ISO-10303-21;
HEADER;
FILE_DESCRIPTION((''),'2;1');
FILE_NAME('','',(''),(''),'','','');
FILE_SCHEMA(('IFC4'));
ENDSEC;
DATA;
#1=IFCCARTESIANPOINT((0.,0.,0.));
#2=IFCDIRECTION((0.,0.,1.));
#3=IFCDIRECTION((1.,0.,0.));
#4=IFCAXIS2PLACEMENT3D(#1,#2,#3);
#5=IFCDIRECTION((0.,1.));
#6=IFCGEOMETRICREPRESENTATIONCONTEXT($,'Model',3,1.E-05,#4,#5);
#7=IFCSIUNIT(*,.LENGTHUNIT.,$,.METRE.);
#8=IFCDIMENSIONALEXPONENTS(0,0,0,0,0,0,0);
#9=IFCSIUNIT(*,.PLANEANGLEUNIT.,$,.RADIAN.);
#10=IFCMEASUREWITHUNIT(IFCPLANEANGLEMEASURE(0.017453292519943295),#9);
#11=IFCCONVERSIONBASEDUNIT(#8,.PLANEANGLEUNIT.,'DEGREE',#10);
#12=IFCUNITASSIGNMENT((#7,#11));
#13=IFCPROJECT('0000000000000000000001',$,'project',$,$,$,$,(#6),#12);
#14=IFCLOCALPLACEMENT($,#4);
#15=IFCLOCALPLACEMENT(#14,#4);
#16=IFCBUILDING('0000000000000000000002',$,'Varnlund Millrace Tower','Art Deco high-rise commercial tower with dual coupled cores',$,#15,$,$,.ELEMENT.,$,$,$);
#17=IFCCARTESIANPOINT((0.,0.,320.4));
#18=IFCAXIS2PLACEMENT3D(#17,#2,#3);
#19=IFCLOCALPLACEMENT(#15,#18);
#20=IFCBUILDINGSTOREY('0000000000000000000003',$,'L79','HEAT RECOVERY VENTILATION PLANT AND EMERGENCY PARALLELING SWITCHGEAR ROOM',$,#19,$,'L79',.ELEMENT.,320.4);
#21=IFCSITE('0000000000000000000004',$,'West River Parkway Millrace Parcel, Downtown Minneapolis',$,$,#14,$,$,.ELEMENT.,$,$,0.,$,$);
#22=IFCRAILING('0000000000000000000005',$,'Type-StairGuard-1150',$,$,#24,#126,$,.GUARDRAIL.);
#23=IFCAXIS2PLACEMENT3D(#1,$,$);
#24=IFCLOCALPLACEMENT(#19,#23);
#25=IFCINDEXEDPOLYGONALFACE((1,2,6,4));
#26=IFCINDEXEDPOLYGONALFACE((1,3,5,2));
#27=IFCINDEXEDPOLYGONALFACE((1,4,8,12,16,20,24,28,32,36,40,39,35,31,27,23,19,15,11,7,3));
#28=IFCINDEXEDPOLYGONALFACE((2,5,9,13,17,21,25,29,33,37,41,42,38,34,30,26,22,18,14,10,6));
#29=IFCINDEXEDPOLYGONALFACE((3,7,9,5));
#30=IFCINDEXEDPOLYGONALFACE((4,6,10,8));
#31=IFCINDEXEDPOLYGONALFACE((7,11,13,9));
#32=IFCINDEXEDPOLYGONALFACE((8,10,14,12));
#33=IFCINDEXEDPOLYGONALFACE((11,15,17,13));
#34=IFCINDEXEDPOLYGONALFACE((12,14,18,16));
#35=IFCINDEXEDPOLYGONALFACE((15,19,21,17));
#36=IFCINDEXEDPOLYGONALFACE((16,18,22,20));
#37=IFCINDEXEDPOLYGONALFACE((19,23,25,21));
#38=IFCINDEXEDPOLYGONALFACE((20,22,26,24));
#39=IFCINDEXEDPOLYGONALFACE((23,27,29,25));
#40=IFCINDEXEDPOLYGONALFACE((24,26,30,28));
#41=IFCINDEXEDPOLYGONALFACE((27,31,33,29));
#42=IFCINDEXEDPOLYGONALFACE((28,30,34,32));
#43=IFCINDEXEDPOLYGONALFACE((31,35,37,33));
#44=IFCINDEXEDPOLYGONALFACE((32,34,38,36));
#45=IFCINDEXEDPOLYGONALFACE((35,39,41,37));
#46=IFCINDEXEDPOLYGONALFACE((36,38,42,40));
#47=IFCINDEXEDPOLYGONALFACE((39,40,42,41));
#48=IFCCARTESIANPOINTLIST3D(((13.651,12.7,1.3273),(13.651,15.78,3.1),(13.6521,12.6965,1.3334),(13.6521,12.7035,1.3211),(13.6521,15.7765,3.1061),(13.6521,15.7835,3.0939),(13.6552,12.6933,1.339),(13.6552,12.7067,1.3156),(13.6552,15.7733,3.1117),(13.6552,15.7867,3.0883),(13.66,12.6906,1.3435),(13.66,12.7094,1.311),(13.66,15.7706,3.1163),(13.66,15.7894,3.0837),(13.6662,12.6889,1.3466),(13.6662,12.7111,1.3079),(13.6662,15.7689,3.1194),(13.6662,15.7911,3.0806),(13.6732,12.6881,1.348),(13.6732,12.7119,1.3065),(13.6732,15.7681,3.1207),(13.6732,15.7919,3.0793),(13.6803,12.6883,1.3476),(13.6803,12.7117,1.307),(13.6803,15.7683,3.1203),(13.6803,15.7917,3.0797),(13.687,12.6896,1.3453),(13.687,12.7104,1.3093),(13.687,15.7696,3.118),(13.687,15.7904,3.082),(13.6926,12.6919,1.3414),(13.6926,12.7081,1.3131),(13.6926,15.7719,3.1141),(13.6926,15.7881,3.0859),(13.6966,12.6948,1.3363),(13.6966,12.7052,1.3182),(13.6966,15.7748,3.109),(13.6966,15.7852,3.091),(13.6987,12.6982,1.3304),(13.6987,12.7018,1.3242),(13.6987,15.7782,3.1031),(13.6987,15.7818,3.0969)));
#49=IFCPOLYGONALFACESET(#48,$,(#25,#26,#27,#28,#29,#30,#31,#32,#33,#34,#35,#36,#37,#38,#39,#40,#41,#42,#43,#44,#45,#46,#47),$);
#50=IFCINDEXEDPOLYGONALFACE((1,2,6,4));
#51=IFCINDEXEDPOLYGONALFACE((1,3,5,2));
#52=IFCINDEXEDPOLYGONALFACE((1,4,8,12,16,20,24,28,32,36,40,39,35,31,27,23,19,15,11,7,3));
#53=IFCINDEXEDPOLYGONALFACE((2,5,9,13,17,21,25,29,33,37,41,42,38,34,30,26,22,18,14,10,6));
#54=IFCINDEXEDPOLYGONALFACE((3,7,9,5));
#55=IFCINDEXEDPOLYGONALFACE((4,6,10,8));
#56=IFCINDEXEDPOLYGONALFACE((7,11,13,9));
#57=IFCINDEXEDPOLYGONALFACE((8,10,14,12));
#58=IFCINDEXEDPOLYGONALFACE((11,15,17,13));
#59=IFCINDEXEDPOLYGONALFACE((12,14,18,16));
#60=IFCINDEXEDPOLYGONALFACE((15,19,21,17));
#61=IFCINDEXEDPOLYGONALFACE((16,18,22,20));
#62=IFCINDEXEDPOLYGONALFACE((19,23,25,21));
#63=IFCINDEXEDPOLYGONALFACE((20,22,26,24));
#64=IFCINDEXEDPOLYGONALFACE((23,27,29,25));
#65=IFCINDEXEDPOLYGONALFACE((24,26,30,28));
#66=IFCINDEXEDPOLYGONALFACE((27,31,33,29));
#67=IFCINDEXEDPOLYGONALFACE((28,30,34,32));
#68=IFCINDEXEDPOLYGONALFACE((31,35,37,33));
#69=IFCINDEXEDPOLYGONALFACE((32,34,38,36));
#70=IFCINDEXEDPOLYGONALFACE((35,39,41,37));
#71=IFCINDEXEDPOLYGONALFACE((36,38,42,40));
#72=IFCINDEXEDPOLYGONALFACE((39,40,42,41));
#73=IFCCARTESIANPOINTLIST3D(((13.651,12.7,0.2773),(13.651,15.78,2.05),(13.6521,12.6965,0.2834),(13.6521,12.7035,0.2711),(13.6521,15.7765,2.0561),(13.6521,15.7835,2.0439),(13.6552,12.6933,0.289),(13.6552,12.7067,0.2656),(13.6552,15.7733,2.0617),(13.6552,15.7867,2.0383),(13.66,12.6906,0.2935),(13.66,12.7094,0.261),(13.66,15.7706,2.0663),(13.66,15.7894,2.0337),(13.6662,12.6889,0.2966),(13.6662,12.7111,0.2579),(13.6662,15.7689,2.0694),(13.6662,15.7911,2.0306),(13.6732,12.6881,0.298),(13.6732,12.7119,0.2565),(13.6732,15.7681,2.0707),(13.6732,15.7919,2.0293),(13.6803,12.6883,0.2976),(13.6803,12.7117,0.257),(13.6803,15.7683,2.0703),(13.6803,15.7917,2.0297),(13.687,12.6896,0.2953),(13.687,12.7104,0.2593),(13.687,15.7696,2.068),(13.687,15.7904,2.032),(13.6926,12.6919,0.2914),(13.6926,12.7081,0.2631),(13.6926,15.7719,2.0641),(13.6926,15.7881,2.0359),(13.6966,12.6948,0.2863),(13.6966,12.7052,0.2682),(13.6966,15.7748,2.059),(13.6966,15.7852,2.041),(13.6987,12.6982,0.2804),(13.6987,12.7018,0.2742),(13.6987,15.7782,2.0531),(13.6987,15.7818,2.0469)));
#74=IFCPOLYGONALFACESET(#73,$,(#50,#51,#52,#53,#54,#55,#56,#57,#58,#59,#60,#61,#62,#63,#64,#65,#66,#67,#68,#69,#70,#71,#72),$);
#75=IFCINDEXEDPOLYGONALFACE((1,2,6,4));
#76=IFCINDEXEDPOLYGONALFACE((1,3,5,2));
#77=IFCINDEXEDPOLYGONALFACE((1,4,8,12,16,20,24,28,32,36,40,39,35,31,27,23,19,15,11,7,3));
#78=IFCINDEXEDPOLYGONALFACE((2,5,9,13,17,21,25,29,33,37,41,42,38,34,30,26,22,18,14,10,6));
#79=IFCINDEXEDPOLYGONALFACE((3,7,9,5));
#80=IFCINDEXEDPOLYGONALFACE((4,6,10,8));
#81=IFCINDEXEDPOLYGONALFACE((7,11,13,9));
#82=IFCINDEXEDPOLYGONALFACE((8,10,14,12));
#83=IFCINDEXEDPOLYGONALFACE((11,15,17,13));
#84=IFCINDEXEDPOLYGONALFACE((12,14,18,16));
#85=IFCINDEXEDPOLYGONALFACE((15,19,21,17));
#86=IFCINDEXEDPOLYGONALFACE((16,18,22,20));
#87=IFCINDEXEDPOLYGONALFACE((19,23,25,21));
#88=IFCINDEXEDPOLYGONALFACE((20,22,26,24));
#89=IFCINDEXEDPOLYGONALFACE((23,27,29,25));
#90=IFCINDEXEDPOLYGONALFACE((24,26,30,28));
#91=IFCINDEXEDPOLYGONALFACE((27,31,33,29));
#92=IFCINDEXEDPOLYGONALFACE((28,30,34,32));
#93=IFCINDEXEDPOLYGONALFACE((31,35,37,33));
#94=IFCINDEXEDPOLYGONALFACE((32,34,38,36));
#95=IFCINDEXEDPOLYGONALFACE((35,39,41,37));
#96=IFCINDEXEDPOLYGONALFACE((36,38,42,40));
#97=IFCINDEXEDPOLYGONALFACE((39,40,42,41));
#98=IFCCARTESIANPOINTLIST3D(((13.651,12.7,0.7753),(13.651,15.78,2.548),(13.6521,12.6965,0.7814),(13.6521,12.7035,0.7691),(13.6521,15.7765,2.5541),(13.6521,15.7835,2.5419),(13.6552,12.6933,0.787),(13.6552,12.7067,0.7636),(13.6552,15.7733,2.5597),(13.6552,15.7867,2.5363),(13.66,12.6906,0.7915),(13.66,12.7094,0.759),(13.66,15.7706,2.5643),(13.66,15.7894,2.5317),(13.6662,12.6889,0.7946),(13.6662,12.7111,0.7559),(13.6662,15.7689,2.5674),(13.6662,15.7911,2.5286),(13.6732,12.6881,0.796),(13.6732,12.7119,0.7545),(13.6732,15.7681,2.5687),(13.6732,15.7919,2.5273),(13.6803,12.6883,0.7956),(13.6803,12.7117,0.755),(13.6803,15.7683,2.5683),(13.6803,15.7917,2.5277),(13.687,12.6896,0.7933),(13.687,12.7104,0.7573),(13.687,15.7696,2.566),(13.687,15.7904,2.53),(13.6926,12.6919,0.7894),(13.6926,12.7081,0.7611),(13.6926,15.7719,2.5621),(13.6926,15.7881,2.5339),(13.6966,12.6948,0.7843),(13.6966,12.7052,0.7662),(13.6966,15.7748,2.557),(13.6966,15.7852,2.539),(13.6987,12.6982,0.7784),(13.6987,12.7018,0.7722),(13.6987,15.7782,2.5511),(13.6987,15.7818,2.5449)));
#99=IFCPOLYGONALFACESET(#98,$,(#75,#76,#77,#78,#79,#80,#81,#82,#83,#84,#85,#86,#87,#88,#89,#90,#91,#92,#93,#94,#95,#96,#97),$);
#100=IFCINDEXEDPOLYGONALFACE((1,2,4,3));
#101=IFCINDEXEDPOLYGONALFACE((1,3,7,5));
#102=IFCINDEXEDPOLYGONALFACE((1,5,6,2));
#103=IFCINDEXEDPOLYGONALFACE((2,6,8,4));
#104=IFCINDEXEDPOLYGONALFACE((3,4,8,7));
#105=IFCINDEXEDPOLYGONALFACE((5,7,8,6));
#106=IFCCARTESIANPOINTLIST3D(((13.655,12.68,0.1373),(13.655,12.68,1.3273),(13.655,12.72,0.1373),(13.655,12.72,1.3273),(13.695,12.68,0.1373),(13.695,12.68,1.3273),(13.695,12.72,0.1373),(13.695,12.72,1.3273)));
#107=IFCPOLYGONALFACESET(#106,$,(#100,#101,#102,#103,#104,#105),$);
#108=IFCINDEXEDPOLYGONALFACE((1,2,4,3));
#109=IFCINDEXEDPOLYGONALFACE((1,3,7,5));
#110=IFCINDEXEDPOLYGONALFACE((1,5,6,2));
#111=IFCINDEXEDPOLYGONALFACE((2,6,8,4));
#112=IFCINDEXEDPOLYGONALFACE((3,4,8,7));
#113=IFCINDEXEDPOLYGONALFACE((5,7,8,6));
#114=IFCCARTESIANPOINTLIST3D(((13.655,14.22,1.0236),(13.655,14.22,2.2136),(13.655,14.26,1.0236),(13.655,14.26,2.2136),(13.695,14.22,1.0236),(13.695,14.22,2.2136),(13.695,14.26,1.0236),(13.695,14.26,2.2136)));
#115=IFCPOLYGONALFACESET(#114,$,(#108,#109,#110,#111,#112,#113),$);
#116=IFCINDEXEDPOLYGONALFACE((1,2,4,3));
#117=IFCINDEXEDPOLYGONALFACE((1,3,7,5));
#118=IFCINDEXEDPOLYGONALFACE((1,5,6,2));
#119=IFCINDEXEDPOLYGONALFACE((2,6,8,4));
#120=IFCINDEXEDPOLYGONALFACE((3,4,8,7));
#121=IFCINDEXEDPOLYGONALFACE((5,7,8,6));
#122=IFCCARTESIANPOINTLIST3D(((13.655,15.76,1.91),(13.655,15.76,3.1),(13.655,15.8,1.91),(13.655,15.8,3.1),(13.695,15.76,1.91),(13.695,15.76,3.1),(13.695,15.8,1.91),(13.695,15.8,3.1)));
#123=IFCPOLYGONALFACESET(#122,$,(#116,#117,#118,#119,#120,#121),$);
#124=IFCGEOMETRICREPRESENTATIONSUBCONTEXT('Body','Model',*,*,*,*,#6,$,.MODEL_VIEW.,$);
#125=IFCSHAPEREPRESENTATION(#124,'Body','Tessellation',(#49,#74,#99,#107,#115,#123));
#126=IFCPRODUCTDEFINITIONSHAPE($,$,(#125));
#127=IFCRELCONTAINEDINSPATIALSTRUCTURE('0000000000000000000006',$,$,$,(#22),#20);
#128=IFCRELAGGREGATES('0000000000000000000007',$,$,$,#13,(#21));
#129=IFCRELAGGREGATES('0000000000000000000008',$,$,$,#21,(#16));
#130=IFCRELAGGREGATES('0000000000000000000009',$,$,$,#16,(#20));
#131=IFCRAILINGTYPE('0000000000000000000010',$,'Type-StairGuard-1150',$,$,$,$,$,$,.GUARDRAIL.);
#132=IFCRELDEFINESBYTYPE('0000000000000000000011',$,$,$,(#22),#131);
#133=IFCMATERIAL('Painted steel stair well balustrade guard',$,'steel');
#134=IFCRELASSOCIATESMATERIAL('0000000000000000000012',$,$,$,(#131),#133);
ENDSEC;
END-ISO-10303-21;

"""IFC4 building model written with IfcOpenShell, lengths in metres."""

from ifc_helpers import new_model, entity, si_unit, converted_unit, direction, frame, origin_with_axes, origin_2d_with_axis, place, context, subcontext, project, spatial, rectangle, circle, extrude, material, type_object, element, save


model = new_model("IFC4")

# Units and contexts
model_context = context("Model", 3, precision=1e-05, world=origin_with_axes(), true_north=direction((0.0, 1.0)))
body_context = subcontext(model_context, "Body", "Model", "MODEL_VIEW")
ifc_project = project(units=[si_unit("LENGTHUNIT", "METRE"), converted_unit("PLANEANGLEUNIT", "DEGREE", entity("IfcPlaneAngleMeasure", 0.017453292519943295), si_unit("PLANEANGLEUNIT", "RADIAN"), dimensions=[0, 0, 0, 0, 0, 0, 0])], contexts=[model_context])

# Site, building, storey
site_placement = place(None, origin_with_axes())
site = spatial("IfcSite", under=ifc_project, at=site_placement, Name="West River Parkway Millrace Parcel, Downtown Minneapolis", CompositionType="ELEMENT", RefElevation=0.0)
building_placement = place(site_placement, origin_with_axes())
building = spatial("IfcBuilding", under=site, at=building_placement, Name="Varnlund Millrace Tower", Description="Art Deco high-rise commercial tower with dual coupled cores", CompositionType="ELEMENT")
storey_placement = place(building_placement, frame((0.0, 0.0, 320.4), z_axis=(0.0, 0.0, 1.0), x_axis=(1.0, 0.0, 0.0)))
storey = spatial("IfcBuildingStorey", under=building, at=storey_placement, Name="L79", Description="HEAT RECOVERY VENTILATION PLANT AND EMERGENCY PARALLELING SWITCHGEAR ROOM", LongName="L79", CompositionType="ELEMENT", Elevation=320.4)

# Railing
ifc_material_1 = material(Name="Painted steel stair well balustrade guard", Category="steel")
railing_type_1 = type_object("IfcRailingType", Name="Type-StairGuard-1150", PredefinedType="GUARDRAIL", material=ifc_material_1)
railing_1_placement = place(storey_placement, frame((0.0, 0.0, -320.4), z_axis=(0.0, 0.0, 1.0), x_axis=(1.0, 0.0, 0.0)))
element("IfcRailing", 1, at=railing_1_placement, inside=storey, type_object=railing_type_1, Name="Type-StairGuard-1150", PredefinedType="GUARDRAIL", context=body_context, shape_type="SweptSolid", body=[
    extrude(circle(Radius=0.024, at=origin_2d_with_axis()), frame((13.675, 12.7, 321.7273), z_axis=(0.0, 0.866696, 0.498836), x_axis=(-1.0, 0.0, 0.0)), (0.0, 0.0, 1.0), 3.5537),
    extrude(circle(Radius=0.024, at=origin_2d_with_axis()), frame((13.675, 12.7, 320.6773), z_axis=(0.0, 0.866696, 0.498836), x_axis=(-1.0, 0.0, 0.0)), (0.0, 0.0, 1.0), 3.5537),
    extrude(circle(Radius=0.024, at=origin_2d_with_axis()), frame((13.675, 12.7, 321.1753), z_axis=(0.0, 0.866696, 0.498836), x_axis=(-1.0, 0.0, 0.0)), (0.0, 0.0, 1.0), 3.5537),
    extrude(rectangle(XDim=0.04, YDim=0.04, at=origin_2d_with_axis()), frame((13.675, 12.7, 320.5373), z_axis=(0.0, 0.0, 1.0), x_axis=(1.0, 0.0, 0.0)), (0.0, 0.0, 1.0), 1.19),
    extrude(rectangle(XDim=0.04, YDim=0.04, at=origin_2d_with_axis()), frame((13.675, 14.24, 321.4236), z_axis=(0.0, 0.0, 1.0), x_axis=(1.0, 0.0, 0.0)), (0.0, 0.0, 1.0), 1.19),
    extrude(rectangle(XDim=0.04, YDim=0.04, at=origin_2d_with_axis()), frame((13.675, 15.78, 322.31), z_axis=(0.0, 0.0, 1.0), x_axis=(1.0, 0.0, 0.0)), (0.0, 0.0, 1.0), 1.19),
])

save(model, "model.ifc")
